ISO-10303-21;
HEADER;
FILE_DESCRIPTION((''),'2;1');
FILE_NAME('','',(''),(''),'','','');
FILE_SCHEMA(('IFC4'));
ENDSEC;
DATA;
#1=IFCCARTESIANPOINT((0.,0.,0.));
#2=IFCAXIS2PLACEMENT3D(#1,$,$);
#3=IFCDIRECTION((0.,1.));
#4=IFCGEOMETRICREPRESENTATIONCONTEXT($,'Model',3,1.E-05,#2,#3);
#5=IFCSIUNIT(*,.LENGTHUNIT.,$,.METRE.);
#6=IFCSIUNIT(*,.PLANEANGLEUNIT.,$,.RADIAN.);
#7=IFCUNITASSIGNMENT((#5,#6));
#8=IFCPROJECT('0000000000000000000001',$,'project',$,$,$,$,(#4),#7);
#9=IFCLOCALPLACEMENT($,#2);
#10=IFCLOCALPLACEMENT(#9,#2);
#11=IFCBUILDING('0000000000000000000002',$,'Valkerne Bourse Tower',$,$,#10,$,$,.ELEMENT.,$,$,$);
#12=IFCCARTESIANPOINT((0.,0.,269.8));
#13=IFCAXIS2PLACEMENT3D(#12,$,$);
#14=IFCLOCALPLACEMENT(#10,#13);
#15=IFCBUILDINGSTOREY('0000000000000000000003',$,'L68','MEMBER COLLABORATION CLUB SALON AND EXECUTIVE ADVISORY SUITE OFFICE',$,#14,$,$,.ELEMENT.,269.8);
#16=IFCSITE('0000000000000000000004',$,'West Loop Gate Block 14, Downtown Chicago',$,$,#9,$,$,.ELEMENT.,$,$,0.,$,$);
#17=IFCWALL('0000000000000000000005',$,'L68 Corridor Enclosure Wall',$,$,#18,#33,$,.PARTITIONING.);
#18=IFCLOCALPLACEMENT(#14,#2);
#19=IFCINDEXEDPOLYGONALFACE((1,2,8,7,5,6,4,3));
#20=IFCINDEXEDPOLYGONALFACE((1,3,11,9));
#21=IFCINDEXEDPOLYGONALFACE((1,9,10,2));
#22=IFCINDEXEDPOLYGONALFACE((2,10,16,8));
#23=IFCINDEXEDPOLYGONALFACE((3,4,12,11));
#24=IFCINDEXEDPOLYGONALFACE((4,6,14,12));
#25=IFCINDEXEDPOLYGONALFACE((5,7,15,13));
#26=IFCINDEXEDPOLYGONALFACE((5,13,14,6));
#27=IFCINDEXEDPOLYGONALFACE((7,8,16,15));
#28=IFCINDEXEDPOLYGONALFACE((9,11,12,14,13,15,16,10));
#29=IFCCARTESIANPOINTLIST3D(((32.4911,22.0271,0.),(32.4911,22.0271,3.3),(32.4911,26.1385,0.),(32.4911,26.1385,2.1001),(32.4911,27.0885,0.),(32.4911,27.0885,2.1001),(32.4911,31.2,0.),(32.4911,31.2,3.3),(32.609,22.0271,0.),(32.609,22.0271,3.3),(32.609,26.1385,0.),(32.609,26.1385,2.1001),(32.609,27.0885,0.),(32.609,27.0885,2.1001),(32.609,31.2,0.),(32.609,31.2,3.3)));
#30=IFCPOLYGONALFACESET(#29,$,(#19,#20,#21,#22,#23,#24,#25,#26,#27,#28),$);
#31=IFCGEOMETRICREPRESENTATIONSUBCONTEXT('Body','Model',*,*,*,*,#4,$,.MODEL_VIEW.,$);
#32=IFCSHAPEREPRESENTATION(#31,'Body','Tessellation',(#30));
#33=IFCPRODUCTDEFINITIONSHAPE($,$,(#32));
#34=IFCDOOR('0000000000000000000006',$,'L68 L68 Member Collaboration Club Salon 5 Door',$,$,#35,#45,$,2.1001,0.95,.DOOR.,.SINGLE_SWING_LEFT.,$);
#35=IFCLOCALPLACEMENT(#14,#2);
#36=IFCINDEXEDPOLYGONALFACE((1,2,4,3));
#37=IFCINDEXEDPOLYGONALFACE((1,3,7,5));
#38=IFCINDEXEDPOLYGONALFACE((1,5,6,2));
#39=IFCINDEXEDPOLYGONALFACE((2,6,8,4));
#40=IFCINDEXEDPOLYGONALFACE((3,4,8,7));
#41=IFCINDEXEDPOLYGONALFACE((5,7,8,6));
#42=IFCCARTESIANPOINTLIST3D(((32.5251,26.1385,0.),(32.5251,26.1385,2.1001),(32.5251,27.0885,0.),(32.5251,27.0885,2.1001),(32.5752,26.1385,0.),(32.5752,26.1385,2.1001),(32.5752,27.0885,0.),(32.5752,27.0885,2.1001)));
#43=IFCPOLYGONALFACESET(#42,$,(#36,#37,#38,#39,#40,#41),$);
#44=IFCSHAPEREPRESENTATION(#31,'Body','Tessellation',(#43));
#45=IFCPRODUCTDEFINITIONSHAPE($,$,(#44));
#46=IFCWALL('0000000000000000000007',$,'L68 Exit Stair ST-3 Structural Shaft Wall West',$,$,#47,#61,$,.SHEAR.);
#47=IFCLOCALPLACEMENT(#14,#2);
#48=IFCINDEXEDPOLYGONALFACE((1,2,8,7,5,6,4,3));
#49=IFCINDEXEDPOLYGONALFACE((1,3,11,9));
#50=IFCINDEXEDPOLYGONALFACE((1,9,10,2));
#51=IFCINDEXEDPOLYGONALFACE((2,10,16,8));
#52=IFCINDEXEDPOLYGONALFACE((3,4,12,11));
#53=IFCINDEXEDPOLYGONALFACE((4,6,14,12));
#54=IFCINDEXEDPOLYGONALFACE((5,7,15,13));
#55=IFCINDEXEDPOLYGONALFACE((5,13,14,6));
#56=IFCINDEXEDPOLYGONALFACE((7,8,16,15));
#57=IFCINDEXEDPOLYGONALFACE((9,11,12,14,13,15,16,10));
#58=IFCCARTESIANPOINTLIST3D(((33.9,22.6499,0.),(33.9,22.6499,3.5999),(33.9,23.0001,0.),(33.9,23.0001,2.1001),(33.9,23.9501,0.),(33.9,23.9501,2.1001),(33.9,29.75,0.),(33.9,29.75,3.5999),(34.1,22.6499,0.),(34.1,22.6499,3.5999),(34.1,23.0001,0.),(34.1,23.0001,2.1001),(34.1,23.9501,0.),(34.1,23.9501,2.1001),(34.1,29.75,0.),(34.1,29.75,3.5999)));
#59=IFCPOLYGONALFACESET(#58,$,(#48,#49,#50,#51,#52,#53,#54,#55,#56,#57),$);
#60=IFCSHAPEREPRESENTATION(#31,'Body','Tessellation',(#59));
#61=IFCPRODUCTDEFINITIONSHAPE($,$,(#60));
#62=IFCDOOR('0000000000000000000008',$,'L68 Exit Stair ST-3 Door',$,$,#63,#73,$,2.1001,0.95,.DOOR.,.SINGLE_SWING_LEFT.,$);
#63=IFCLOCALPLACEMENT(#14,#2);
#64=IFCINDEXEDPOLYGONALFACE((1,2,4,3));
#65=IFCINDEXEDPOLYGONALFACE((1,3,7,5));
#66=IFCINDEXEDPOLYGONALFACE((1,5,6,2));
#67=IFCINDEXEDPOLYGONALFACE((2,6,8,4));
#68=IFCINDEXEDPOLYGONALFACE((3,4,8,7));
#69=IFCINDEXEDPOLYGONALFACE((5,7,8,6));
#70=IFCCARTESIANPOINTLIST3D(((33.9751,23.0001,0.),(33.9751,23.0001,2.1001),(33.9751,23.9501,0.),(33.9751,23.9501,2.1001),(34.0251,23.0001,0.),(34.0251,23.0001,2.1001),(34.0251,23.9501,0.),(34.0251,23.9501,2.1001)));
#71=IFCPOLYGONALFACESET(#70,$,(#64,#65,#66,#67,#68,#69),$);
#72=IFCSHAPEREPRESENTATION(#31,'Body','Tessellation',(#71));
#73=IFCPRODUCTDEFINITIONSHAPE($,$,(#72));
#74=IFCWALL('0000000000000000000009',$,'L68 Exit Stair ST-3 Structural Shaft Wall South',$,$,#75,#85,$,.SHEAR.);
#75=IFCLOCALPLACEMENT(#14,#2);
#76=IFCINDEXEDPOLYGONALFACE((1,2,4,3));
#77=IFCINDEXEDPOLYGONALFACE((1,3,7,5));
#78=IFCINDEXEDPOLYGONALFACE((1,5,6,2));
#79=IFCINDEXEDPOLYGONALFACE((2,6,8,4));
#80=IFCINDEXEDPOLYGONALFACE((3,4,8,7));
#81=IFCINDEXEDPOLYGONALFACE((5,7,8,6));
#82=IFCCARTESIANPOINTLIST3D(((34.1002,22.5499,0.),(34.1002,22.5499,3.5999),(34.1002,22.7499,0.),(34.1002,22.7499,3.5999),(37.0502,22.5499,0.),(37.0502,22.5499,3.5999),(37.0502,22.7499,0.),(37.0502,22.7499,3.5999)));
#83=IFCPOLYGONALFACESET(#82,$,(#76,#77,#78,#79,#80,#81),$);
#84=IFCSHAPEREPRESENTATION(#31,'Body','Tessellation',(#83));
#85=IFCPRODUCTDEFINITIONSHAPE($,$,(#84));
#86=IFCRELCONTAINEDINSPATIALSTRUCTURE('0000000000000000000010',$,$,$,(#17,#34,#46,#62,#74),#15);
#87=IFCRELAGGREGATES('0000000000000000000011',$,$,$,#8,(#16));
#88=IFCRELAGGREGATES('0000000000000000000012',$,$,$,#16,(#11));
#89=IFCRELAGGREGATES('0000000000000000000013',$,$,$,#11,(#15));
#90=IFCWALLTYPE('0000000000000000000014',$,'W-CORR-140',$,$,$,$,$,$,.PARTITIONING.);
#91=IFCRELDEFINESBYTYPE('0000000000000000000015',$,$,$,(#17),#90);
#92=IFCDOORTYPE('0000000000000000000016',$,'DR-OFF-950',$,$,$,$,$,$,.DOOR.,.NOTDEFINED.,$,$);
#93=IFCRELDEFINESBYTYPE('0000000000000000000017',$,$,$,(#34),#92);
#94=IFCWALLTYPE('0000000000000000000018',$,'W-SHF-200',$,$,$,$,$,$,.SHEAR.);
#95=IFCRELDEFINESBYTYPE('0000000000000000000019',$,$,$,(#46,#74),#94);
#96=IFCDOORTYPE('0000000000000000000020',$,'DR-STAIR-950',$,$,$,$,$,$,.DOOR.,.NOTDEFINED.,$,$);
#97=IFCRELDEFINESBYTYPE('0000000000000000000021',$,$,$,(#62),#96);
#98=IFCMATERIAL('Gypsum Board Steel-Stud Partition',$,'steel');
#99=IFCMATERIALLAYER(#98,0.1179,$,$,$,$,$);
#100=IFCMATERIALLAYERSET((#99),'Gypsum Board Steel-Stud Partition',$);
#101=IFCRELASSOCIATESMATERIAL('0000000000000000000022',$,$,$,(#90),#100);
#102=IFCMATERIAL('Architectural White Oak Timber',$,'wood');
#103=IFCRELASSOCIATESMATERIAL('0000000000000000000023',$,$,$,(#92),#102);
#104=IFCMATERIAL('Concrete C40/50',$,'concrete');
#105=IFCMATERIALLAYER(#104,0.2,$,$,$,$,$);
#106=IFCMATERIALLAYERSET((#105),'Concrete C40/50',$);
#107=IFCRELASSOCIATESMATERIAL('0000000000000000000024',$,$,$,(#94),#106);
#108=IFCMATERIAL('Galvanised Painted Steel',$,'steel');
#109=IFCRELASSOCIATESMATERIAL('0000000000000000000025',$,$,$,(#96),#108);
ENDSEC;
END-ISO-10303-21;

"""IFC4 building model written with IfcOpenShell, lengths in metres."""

from ifc_helpers import new_model, si_unit, direction, frame, frame_2d, origin, place, context, subcontext, project, spatial, rectangle, extrude, material, layer, layer_set, type_object, element, fill, save


model = new_model("IFC4")

# Units and contexts
model_context = context("Model", 3, precision=1e-05, world=origin(), true_north=direction((0.0, 1.0)))
body_context = subcontext(model_context, "Body", "Model", "MODEL_VIEW")
ifc_project = project(units=[si_unit("LENGTHUNIT", "METRE"), si_unit("PLANEANGLEUNIT", "RADIAN")], contexts=[model_context])

# Site, building, storey
site_placement = place(None, origin())
site = spatial("IfcSite", under=ifc_project, at=site_placement, Name="West Loop Gate Block 14, Downtown Chicago", CompositionType="ELEMENT", RefElevation=0.0)
building_placement = place(site_placement, origin())
building = spatial("IfcBuilding", under=site, at=building_placement, Name="Valkerne Bourse Tower", CompositionType="ELEMENT")
storey_placement = place(building_placement, frame((0.0, 0.0, 269.8)))
storey = spatial("IfcBuildingStorey", under=building, at=storey_placement, Name="L68", Description="MEMBER COLLABORATION CLUB SALON AND EXECUTIVE ADVISORY SUITE OFFICE", CompositionType="ELEMENT", Elevation=269.8)

# Shared definitions
ifc_material_1 = material(Name="Gypsum Board Steel-Stud Partition", Category="steel")
ifc_layer_1 = layer(ifc_material_1, 0.1179)
ifc_layer_set_1 = layer_set([ifc_layer_1], Name="Gypsum Board Steel-Stud Partition")
wall_type_1 = type_object("IfcWallType", Name="W-CORR-140", PredefinedType="PARTITIONING", material=ifc_layer_set_1)

# Walls, openings, doors
wall_1_placement = place(storey_placement, frame((32.55, 22.0271, 0.0), z_axis=(0.0, 0.0, 1.0), x_axis=(0.0, 1.0, 0.0)))
wall_1 = element("IfcWall", 1, at=wall_1_placement, inside=storey, type_object=wall_type_1, Name="L68 Corridor Enclosure Wall", PredefinedType="PARTITIONING", context=body_context, shape_type="SweptSolid", body=[
    extrude(rectangle(XDim=9.1729, YDim=0.1179, at=frame_2d((4.5864, 0.0))), origin(), (0.0, 0.0, 1.0), 3.3),
])
opening_1_placement = place(wall_1_placement, frame((4.1113, 0.0, 0.0)))
opening_1 = element("IfcOpeningElement", 2, at=opening_1_placement, cuts=wall_1, PredefinedType="OPENING", context=body_context, shape_type="SweptSolid", body=[
    extrude(rectangle(XDim=0.95, YDim=2.1001, at=frame_2d((0.4751, 1.05))), frame((0.0, 0.0688, 0.0), z_axis=(0.0, -1.0, 0.0), x_axis=(1.0, 0.0, 0.0)), (0.0, 0.0, 1.0), 0.1379),
])
ifc_material_2 = material(Name="Architectural White Oak Timber", Category="wood")
door_type_1 = type_object("IfcDoorType", Name="DR-OFF-950", OperationType="NOTDEFINED", PredefinedType="DOOR", material=ifc_material_2)
door_1_placement = place(opening_1_placement, origin())
door_1 = element("IfcDoor", 3, at=door_1_placement, inside=storey, type_object=door_type_1, Name="L68 L68 Member Collaboration Club Salon 5 Door", OperationType="SINGLE_SWING_LEFT", OverallHeight=2.1001, OverallWidth=0.95, PredefinedType="DOOR", context=body_context, shape_type="SweptSolid", body=[
    extrude(rectangle(XDim=0.95, YDim=2.1001, at=frame_2d((0.4751, 1.05))), frame((0.0, 0.0249, 0.0), z_axis=(0.0, -1.0, 0.0), x_axis=(1.0, 0.0, 0.0)), (0.0, 0.0, 1.0), 0.05),
])
fill(opening_1, door_1)
ifc_material_3 = material(Name="Concrete C40/50", Category="concrete")
ifc_layer_2 = layer(ifc_material_3, 0.2)
ifc_layer_set_2 = layer_set([ifc_layer_2], Name="Concrete C40/50")
wall_type_2 = type_object("IfcWallType", Name="W-SHF-200", PredefinedType="SHEAR", material=ifc_layer_set_2)
wall_2_placement = place(storey_placement, frame((34.0, 22.6499, 0.0), z_axis=(0.0, 0.0, 1.0), x_axis=(0.0, 1.0, 0.0)))
wall_2 = element("IfcWall", 4, at=wall_2_placement, inside=storey, type_object=wall_type_2, Name="L68 Exit Stair ST-3 Structural Shaft Wall West", PredefinedType="SHEAR", context=body_context, shape_type="SweptSolid", body=[
    extrude(rectangle(XDim=7.1001, YDim=0.2, at=frame_2d((3.55, 0.0))), origin(), (0.0, 0.0, 1.0), 3.5999),
])
opening_2_placement = place(wall_2_placement, frame((0.3501, 0.0, 0.0)))
opening_2 = element("IfcOpeningElement", 5, at=opening_2_placement, cuts=wall_2, PredefinedType="OPENING", context=body_context, shape_type="SweptSolid", body=[
    extrude(rectangle(XDim=0.95, YDim=2.1001, at=frame_2d((0.4751, 1.05))), frame((0.0, 0.1099, 0.0), z_axis=(0.0, -1.0, 0.0), x_axis=(1.0, 0.0, 0.0)), (0.0, 0.0, 1.0), 0.22),
])
ifc_material_4 = material(Name="Galvanised Painted Steel", Category="steel")
door_type_2 = type_object("IfcDoorType", Name="DR-STAIR-950", OperationType="NOTDEFINED", PredefinedType="DOOR", material=ifc_material_4)
door_2_placement = place(opening_2_placement, origin())
door_2 = element("IfcDoor", 6, at=door_2_placement, inside=storey, type_object=door_type_2, Name="L68 Exit Stair ST-3 Door", OperationType="SINGLE_SWING_LEFT", OverallHeight=2.1001, OverallWidth=0.95, PredefinedType="DOOR", context=body_context, shape_type="SweptSolid", body=[
    extrude(rectangle(XDim=0.95, YDim=2.1001, at=frame_2d((0.4751, 1.05))), frame((0.0, 0.0249, 0.0), z_axis=(0.0, -1.0, 0.0), x_axis=(1.0, 0.0, 0.0)), (0.0, 0.0, 1.0), 0.05),
])
fill(opening_2, door_2)

# Wall
wall_3_placement = place(storey_placement, frame((34.1001, 22.6499, 0.0), z_axis=(0.0, 0.0, 1.0), x_axis=(1.0, 0.0, 0.0)))
element("IfcWall", 7, at=wall_3_placement, inside=storey, type_object=wall_type_2, Name="L68 Exit Stair ST-3 Structural Shaft Wall South", PredefinedType="SHEAR", context=body_context, shape_type="SweptSolid", body=[
    extrude(rectangle(XDim=2.95, YDim=0.2, at=frame_2d((1.4751, 0.0))), origin(), (0.0, 0.0, 1.0), 3.5999),
])

save(model, "model.ifc")
